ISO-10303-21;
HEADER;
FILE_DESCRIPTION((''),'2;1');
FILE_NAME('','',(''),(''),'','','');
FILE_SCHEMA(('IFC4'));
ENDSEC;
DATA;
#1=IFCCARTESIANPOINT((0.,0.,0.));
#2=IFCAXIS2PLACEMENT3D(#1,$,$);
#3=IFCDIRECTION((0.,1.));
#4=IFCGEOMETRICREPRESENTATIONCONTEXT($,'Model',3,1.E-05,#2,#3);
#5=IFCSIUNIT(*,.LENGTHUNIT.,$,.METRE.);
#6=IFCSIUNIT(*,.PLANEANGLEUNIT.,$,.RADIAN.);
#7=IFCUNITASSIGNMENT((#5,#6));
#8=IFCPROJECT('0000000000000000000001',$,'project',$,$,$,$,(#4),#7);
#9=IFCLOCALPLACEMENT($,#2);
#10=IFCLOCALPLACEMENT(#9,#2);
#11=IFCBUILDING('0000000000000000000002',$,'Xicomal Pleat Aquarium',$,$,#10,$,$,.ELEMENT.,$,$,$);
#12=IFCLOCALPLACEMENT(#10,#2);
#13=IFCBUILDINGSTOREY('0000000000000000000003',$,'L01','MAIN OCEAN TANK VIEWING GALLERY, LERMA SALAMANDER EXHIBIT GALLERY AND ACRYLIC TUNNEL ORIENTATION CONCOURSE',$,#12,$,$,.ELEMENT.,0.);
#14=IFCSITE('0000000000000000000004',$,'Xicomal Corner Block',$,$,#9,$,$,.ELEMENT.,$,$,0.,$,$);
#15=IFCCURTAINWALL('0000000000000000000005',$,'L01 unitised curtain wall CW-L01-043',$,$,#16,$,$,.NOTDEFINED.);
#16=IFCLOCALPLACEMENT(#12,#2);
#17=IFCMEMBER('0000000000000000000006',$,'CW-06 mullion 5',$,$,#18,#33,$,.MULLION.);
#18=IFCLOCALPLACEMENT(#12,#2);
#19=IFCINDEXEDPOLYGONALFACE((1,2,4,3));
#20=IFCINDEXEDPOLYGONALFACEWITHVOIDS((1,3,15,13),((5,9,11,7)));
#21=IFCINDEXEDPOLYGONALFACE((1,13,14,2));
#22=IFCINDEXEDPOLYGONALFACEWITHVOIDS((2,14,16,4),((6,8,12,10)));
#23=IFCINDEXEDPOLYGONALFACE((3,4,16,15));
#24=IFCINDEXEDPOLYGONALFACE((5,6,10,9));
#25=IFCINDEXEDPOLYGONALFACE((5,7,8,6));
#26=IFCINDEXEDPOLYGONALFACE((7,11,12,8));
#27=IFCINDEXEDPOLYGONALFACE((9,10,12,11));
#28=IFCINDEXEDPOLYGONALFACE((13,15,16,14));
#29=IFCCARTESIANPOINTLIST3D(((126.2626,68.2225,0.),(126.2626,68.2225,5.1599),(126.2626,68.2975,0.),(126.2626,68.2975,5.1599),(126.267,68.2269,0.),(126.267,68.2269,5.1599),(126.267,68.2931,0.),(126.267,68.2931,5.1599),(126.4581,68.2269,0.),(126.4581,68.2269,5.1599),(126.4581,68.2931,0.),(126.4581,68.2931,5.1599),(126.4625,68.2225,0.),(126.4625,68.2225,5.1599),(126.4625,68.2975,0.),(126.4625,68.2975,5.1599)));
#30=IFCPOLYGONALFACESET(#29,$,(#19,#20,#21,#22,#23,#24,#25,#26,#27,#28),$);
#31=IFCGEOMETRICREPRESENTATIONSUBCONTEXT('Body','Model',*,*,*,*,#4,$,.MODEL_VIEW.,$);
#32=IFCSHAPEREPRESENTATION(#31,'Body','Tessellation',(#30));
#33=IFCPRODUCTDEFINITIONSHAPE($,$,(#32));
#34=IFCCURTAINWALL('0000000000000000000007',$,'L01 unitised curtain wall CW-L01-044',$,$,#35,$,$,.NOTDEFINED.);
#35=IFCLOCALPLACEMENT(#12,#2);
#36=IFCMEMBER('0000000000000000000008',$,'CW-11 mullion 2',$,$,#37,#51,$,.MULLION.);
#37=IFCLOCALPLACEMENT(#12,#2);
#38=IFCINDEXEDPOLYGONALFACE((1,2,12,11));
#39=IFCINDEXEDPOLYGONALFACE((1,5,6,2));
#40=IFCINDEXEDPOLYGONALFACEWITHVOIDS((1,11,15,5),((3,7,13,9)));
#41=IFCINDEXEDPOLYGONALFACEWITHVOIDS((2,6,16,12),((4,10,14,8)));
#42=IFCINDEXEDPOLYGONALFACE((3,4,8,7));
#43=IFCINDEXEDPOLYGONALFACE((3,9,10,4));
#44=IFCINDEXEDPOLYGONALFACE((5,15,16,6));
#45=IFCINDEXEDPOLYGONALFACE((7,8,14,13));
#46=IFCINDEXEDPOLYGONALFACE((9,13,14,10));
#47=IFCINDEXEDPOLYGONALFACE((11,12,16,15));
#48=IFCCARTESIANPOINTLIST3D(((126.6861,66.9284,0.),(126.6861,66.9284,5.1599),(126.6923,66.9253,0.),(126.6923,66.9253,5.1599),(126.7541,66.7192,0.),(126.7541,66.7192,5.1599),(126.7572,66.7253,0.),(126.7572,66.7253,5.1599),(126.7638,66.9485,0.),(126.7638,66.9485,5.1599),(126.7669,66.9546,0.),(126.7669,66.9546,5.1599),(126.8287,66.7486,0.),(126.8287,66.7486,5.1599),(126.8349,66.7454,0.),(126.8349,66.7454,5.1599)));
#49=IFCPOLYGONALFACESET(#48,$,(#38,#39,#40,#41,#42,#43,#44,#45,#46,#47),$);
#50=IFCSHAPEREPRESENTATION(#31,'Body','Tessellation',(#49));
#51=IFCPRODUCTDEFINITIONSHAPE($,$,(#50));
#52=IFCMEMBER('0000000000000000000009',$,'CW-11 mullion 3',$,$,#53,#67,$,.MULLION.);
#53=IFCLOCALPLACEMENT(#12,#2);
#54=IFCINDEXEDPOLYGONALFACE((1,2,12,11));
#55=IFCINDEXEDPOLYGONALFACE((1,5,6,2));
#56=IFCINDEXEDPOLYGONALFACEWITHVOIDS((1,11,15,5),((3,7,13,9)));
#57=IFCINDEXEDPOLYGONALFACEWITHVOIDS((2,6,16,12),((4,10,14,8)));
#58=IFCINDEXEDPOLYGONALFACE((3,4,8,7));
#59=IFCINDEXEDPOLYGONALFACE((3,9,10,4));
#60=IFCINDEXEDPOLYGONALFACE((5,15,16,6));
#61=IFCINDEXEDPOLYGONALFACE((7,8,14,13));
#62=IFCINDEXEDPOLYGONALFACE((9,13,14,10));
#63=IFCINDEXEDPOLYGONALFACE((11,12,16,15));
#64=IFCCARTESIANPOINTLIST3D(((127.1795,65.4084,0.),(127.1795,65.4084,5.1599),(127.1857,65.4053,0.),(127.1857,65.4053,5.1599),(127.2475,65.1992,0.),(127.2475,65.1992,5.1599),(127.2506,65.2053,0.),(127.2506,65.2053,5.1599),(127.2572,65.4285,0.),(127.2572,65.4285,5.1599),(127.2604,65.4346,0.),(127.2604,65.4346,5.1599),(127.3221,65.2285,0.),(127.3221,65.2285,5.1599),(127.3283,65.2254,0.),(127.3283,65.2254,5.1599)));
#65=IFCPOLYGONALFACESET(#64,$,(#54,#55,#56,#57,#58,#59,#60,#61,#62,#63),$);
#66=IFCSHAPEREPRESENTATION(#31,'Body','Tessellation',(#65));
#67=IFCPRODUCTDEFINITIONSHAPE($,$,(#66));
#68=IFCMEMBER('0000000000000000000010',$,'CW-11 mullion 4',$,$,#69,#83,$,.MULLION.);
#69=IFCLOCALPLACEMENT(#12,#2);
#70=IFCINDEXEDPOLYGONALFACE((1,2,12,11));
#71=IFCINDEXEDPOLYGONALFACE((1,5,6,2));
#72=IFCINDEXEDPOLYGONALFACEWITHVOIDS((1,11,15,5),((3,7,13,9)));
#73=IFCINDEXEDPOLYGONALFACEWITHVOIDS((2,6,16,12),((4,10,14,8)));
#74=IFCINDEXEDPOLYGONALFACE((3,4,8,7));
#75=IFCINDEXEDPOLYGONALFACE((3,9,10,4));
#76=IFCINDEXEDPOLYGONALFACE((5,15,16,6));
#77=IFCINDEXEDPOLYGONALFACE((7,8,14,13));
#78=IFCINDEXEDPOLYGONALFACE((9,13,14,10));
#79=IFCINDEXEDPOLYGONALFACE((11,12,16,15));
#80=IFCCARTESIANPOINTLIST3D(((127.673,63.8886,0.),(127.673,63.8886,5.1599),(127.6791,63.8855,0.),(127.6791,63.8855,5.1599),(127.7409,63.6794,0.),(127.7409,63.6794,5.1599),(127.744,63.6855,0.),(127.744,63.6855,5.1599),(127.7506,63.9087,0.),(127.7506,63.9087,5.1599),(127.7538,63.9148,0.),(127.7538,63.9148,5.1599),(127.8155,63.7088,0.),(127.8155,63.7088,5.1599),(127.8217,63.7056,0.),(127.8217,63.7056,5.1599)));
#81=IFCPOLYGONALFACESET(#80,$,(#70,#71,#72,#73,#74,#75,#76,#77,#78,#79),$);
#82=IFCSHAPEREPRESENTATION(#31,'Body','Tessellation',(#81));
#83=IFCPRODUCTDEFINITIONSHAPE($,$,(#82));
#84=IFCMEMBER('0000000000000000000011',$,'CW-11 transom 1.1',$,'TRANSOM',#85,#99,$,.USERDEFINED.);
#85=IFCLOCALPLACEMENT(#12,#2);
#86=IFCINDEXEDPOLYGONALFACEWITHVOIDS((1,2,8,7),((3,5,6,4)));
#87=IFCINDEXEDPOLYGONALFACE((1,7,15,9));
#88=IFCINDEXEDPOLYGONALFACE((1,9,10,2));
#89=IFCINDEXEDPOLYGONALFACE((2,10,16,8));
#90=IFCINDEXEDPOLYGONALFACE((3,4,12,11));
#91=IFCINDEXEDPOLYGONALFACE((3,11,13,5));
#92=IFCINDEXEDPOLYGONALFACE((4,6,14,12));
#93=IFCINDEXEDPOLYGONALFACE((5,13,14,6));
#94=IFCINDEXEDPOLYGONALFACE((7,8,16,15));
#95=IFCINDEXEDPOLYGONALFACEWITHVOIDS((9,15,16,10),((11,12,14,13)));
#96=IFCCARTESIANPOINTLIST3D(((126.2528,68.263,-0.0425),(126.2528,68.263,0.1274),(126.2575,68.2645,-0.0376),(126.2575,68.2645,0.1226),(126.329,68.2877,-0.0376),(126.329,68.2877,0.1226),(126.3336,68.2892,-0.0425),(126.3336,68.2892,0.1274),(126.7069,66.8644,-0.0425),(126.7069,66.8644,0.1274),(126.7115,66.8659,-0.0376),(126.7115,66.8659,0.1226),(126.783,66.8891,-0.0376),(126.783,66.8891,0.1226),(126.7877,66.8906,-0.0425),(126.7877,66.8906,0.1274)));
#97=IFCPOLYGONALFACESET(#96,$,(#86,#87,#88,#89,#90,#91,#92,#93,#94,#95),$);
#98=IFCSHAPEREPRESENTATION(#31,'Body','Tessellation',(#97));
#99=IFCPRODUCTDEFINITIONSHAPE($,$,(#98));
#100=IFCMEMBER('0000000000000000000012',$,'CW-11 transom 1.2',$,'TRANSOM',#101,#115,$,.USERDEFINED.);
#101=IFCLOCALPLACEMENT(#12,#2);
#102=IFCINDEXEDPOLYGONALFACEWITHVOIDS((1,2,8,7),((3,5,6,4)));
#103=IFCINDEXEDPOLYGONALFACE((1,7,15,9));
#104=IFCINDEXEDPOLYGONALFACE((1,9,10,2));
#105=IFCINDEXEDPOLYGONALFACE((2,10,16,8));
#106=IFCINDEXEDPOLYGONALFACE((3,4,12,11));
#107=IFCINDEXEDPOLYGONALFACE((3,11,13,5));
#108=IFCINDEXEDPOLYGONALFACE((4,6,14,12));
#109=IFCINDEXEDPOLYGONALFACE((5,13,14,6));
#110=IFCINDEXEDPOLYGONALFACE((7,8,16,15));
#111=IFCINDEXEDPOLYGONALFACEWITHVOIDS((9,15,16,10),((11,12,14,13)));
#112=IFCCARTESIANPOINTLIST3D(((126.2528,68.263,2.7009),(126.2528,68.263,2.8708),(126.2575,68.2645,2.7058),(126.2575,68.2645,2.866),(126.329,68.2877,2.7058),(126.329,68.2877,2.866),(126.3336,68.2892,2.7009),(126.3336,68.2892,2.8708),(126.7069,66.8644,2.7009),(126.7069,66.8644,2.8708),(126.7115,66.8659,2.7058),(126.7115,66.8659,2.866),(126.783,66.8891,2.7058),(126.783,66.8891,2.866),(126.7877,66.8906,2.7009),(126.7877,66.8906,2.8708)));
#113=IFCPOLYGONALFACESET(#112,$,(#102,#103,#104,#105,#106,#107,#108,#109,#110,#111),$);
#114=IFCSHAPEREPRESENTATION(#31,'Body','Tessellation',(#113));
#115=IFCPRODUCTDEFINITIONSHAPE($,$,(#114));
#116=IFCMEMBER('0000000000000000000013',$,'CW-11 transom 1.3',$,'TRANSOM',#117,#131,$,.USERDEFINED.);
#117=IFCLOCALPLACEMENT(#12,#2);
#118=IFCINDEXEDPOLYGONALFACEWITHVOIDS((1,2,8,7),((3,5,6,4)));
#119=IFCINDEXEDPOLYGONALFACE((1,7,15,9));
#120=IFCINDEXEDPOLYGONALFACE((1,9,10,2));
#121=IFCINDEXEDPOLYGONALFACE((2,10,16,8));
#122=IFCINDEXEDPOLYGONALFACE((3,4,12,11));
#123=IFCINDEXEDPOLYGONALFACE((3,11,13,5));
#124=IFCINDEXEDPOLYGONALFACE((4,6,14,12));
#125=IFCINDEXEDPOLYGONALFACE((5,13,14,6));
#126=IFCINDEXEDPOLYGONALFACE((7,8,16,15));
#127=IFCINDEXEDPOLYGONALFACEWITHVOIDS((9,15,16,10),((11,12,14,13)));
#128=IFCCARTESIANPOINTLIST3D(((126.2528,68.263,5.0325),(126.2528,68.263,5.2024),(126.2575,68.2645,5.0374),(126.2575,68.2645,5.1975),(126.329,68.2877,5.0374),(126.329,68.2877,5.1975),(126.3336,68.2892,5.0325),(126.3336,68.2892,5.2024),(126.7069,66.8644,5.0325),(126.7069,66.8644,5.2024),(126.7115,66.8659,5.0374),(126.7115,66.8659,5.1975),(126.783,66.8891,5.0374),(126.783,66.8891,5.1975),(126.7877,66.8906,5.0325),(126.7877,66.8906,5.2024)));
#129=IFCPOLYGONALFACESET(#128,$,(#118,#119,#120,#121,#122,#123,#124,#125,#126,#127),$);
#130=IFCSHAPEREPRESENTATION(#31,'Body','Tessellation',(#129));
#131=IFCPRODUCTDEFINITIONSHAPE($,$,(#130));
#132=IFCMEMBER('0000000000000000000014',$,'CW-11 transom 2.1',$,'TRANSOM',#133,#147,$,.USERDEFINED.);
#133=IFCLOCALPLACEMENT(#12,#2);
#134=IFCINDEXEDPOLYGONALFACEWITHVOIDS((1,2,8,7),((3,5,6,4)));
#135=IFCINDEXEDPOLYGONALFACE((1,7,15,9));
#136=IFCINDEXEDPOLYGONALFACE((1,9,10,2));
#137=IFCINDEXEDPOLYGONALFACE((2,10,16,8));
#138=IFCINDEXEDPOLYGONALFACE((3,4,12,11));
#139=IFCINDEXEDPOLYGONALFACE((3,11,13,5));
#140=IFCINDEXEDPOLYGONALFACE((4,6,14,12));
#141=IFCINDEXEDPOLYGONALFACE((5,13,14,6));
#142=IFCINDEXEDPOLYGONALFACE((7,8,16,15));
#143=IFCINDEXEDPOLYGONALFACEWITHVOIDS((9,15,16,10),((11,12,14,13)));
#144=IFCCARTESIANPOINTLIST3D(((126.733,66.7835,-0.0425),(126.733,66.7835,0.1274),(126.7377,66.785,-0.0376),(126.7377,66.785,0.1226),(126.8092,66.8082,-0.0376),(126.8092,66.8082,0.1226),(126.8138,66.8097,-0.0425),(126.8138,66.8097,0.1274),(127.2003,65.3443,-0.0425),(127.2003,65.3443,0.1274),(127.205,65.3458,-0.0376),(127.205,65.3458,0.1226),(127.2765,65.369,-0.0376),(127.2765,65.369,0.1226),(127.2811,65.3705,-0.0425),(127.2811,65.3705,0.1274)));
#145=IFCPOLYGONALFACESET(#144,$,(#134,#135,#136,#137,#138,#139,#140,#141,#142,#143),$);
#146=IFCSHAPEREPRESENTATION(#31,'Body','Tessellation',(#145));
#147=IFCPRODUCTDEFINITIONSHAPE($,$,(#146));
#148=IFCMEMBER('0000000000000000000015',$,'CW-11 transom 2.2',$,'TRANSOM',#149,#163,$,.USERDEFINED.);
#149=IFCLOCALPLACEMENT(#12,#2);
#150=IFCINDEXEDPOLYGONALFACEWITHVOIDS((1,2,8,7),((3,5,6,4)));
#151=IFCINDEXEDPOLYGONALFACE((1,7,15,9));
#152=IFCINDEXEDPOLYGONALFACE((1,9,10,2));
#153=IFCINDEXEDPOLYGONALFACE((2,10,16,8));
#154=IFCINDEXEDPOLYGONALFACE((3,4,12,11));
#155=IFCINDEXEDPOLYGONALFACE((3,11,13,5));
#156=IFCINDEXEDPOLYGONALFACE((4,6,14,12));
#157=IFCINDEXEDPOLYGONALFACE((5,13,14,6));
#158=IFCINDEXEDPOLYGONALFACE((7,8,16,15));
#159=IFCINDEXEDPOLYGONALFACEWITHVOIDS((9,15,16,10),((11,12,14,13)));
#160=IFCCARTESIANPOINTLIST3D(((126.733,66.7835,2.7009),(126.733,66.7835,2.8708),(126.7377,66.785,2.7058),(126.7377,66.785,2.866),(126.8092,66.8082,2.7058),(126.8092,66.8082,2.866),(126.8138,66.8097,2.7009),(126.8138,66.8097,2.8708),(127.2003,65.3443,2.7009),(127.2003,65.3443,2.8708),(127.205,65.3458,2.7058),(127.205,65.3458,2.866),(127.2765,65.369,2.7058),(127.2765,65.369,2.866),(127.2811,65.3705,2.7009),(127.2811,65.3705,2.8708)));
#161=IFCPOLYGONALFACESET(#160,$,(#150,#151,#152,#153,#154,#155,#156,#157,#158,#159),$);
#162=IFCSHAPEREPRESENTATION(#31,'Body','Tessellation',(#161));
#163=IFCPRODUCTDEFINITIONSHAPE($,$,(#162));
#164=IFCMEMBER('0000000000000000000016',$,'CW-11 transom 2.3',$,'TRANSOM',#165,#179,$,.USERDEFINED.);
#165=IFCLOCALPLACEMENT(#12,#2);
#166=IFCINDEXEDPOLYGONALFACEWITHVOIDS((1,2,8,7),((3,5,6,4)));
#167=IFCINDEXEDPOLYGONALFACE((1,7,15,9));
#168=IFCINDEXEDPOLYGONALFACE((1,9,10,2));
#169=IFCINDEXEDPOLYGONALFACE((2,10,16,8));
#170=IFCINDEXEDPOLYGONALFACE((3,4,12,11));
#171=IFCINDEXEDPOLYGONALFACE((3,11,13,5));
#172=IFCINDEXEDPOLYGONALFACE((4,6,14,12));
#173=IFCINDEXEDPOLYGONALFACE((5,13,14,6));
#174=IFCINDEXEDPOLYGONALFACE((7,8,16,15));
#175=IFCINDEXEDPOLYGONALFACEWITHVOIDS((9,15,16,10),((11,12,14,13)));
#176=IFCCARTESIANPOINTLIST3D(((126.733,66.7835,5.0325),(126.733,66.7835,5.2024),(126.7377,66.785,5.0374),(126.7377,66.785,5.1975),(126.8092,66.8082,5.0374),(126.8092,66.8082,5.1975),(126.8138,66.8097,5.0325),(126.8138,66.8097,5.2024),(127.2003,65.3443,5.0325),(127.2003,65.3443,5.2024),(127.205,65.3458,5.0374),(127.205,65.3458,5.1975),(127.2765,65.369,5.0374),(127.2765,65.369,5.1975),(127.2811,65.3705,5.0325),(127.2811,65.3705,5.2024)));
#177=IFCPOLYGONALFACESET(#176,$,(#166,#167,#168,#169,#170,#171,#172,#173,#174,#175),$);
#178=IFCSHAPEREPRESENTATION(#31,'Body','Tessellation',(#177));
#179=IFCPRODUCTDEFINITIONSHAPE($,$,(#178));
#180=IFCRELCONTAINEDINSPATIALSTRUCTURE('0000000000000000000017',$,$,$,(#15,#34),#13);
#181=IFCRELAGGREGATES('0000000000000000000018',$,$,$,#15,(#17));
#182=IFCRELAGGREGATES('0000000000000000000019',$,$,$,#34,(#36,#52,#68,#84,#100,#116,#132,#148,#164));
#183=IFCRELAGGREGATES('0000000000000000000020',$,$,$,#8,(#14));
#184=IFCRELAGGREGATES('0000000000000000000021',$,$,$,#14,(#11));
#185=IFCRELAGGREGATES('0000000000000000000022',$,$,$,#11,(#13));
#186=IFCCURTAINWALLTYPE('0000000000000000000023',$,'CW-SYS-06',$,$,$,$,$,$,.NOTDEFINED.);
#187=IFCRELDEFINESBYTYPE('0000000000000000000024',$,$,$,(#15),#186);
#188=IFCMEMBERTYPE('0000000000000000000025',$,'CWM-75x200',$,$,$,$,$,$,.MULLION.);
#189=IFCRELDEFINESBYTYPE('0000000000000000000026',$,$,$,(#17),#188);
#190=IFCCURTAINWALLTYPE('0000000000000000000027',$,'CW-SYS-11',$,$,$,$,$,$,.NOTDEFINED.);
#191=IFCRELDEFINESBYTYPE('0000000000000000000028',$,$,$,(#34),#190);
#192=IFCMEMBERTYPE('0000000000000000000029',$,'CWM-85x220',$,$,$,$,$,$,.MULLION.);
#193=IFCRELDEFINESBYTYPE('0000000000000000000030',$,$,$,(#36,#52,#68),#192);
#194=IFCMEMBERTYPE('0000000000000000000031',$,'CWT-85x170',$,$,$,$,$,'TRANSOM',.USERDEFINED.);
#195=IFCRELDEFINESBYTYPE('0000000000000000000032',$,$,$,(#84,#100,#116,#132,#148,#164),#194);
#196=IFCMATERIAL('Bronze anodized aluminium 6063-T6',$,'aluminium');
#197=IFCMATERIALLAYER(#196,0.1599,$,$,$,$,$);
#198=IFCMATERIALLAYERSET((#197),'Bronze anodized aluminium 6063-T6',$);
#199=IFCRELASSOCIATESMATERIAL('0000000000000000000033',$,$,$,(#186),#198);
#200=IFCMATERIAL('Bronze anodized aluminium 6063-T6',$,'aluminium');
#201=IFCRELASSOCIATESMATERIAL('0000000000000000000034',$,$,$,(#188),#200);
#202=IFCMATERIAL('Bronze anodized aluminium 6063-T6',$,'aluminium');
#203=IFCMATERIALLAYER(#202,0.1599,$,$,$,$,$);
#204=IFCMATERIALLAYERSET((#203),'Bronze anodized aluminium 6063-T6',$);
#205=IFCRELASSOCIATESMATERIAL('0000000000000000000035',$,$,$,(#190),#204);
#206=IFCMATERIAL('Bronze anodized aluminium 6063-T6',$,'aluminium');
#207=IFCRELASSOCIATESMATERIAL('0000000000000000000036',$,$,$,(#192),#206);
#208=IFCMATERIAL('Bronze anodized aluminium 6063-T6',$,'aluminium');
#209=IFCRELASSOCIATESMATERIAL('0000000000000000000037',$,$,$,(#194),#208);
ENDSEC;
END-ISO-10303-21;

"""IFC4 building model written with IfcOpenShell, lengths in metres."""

from ifc_helpers import new_model, si_unit, direction, frame, origin, origin_2d, place, context, subcontext, project, spatial, hollow_rectangle, extrude, material, layer, layer_set, material_profile, profile_set, type_object, element, aggregate, save


model = new_model("IFC4")

# Units and contexts
model_context = context("Model", 3, precision=1e-05, world=origin(), true_north=direction((0.0, 1.0)))
body_context = subcontext(model_context, "Body", "Model", "MODEL_VIEW")
ifc_project = project(units=[si_unit("LENGTHUNIT", "METRE"), si_unit("PLANEANGLEUNIT", "RADIAN")], contexts=[model_context])

# Site, building, storey
site_placement = place(None, origin())
site = spatial("IfcSite", under=ifc_project, at=site_placement, Name="Xicomal Corner Block", CompositionType="ELEMENT", RefElevation=0.0)
building_placement = place(site_placement, origin())
building = spatial("IfcBuilding", under=site, at=building_placement, Name="Xicomal Pleat Aquarium", CompositionType="ELEMENT")
storey_placement = place(building_placement, origin())
storey = spatial("IfcBuildingStorey", under=building, at=storey_placement, Name="L01", Description="MAIN OCEAN TANK VIEWING GALLERY, LERMA SALAMANDER EXHIBIT GALLERY AND ACRYLIC TUNNEL ORIENTATION CONCOURSE", CompositionType="ELEMENT", Elevation=0.0)

# Curtain wall, member
ifc_material_1 = material(Name="Bronze anodized aluminium 6063-T6", Category="aluminium")
ifc_layer_1 = layer(ifc_material_1, 0.1599)
ifc_layer_set_1 = layer_set([ifc_layer_1], Name="Bronze anodized aluminium 6063-T6")
curtain_wall_type_1 = type_object("IfcCurtainWallType", Name="CW-SYS-06", PredefinedType="NOTDEFINED", material=ifc_layer_set_1)
curtain_wall_1_placement = place(storey_placement, origin())
curtain_wall_1 = element("IfcCurtainWall", 1, at=curtain_wall_1_placement, inside=storey, type_object=curtain_wall_type_1, Name="L01 unitised curtain wall CW-L01-043", PredefinedType="NOTDEFINED")
ifc_material_2 = material(Name="Bronze anodized aluminium 6063-T6", Category="aluminium")
ifc_material_profile_1 = material_profile(ifc_material_2, hollow_rectangle(XDim=0.075, YDim=0.2, WallThickness=0.0044, at=origin_2d()), Name="ALU MULL 75x200")
ifc_profile_set_1 = profile_set([ifc_material_profile_1], Name="Bronze anodized aluminium 6063-T6")
member_type_1 = type_object("IfcMemberType", Name="CWM-75x200", PredefinedType="MULLION", material=ifc_profile_set_1)
member_1_placement = place(storey_placement, frame((126.3625, 68.26, 0.0), z_axis=(0.0, 0.0, 1.0), x_axis=(0.0, 1.0, 0.0)))
member_1 = element("IfcMember", 2, at=member_1_placement, type_object=member_type_1, Name="CW-06 mullion 5", PredefinedType="MULLION", context=body_context, shape_type="SweptSolid", body=[
    extrude(hollow_rectangle(XDim=0.075, YDim=0.2, WallThickness=0.0044, at=origin_2d()), origin(), (0.0, 0.0, 1.0), 5.1599),
])
aggregate(curtain_wall_1, [member_1])

# Curtain wall, members
ifc_material_3 = material(Name="Bronze anodized aluminium 6063-T6", Category="aluminium")
ifc_layer_2 = layer(ifc_material_3, 0.1599)
ifc_layer_set_2 = layer_set([ifc_layer_2], Name="Bronze anodized aluminium 6063-T6")
curtain_wall_type_2 = type_object("IfcCurtainWallType", Name="CW-SYS-11", PredefinedType="NOTDEFINED", material=ifc_layer_set_2)
curtain_wall_2_placement = place(storey_placement, origin())
curtain_wall_2 = element("IfcCurtainWall", 3, at=curtain_wall_2_placement, inside=storey, type_object=curtain_wall_type_2, Name="L01 unitised curtain wall CW-L01-044", PredefinedType="NOTDEFINED")
ifc_material_4 = material(Name="Bronze anodized aluminium 6063-T6", Category="aluminium")
ifc_material_profile_2 = material_profile(ifc_material_4, hollow_rectangle(XDim=0.085, YDim=0.22, WallThickness=0.0049, at=origin_2d()), Name="ALU MULL 85x220")
ifc_profile_set_2 = profile_set([ifc_material_profile_2], Name="Bronze anodized aluminium 6063-T6")
member_type_2 = type_object("IfcMemberType", Name="CWM-85x220", PredefinedType="MULLION", material=ifc_profile_set_2)
member_2_placement = place(storey_placement, frame((126.7605, 66.8369, 0.0), z_axis=(0.0, 0.0, 1.0), x_axis=(0.951144, 0.308746, 0.0)))
member_2 = element("IfcMember", 4, at=member_2_placement, type_object=member_type_2, Name="CW-11 mullion 2", PredefinedType="MULLION", context=body_context, shape_type="SweptSolid", body=[
    extrude(hollow_rectangle(XDim=0.085, YDim=0.22, WallThickness=0.0049, at=origin_2d()), origin(), (0.0, 0.0, 1.0), 5.1599),
])
member_3_placement = place(storey_placement, frame((127.2539, 65.3169, 0.0), z_axis=(0.0, 0.0, 1.0), x_axis=(0.951144, 0.308746, 0.0)))
member_3 = element("IfcMember", 5, at=member_3_placement, type_object=member_type_2, Name="CW-11 mullion 3", PredefinedType="MULLION", context=body_context, shape_type="SweptSolid", body=[
    extrude(hollow_rectangle(XDim=0.085, YDim=0.22, WallThickness=0.0049, at=origin_2d()), origin(), (0.0, 0.0, 1.0), 5.1599),
])
member_4_placement = place(storey_placement, frame((127.7473, 63.7971, 0.0), z_axis=(0.0, 0.0, 1.0), x_axis=(0.951144, 0.308746, 0.0)))
member_4 = element("IfcMember", 6, at=member_4_placement, type_object=member_type_2, Name="CW-11 mullion 4", PredefinedType="MULLION", context=body_context, shape_type="SweptSolid", body=[
    extrude(hollow_rectangle(XDim=0.085, YDim=0.22, WallThickness=0.0049, at=origin_2d()), origin(), (0.0, 0.0, 1.0), 5.1599),
])
ifc_material_5 = material(Name="Bronze anodized aluminium 6063-T6", Category="aluminium")
ifc_material_profile_3 = material_profile(ifc_material_5, hollow_rectangle(XDim=0.085, YDim=0.1699, WallThickness=0.0049, at=origin_2d()), Name="ALU TRAN 85x170")
ifc_profile_set_3 = profile_set([ifc_material_profile_3], Name="Bronze anodized aluminium 6063-T6")
member_type_3 = type_object("IfcMemberType", Name="CWT-85x170", ElementType="TRANSOM", PredefinedType="USERDEFINED", material=ifc_profile_set_3)
member_5_placement = place(storey_placement, frame((126.2932, 68.2761, 0.0425), z_axis=(0.308797, -0.951128, 0.0), x_axis=(0.951128, 0.308797, 0.0)))
member_5 = element("IfcMember", 7, at=member_5_placement, type_object=member_type_3, Name="CW-11 transom 1.1", ObjectType="TRANSOM", PredefinedType="USERDEFINED", context=body_context, shape_type="SweptSolid", body=[
    extrude(hollow_rectangle(XDim=0.085, YDim=0.1699, WallThickness=0.0049, at=origin_2d()), origin(), (0.0, 0.0, 1.0), 1.4705),
])
member_6_placement = place(storey_placement, frame((126.2932, 68.2761, 2.7859), z_axis=(0.308797, -0.951128, 0.0), x_axis=(0.951128, 0.308797, 0.0)))
member_6 = element("IfcMember", 8, at=member_6_placement, type_object=member_type_3, Name="CW-11 transom 1.2", ObjectType="TRANSOM", PredefinedType="USERDEFINED", context=body_context, shape_type="SweptSolid", body=[
    extrude(hollow_rectangle(XDim=0.085, YDim=0.1699, WallThickness=0.0049, at=origin_2d()), origin(), (0.0, 0.0, 1.0), 1.4705),
])
member_7_placement = place(storey_placement, frame((126.2932, 68.2761, 5.1174), z_axis=(0.308797, -0.951128, 0.0), x_axis=(0.951128, 0.308797, 0.0)))
member_7 = element("IfcMember", 9, at=member_7_placement, type_object=member_type_3, Name="CW-11 transom 1.3", ObjectType="TRANSOM", PredefinedType="USERDEFINED", context=body_context, shape_type="SweptSolid", body=[
    extrude(hollow_rectangle(XDim=0.085, YDim=0.1699, WallThickness=0.0049, at=origin_2d()), origin(), (0.0, 0.0, 1.0), 1.4705),
])
member_8_placement = place(storey_placement, frame((126.7734, 66.7966, 0.0425), z_axis=(0.308812, -0.951123, 0.0), x_axis=(0.951123, 0.308812, 0.0)))
member_8 = element("IfcMember", 10, at=member_8_placement, type_object=member_type_3, Name="CW-11 transom 2.1", ObjectType="TRANSOM", PredefinedType="USERDEFINED", context=body_context, shape_type="SweptSolid", body=[
    extrude(hollow_rectangle(XDim=0.085, YDim=0.1699, WallThickness=0.0049, at=origin_2d()), origin(), (0.0, 0.0, 1.0), 1.5132),
])
member_9_placement = place(storey_placement, frame((126.7734, 66.7966, 2.7859), z_axis=(0.308812, -0.951123, 0.0), x_axis=(0.951123, 0.308812, 0.0)))
member_9 = element("IfcMember", 11, at=member_9_placement, type_object=member_type_3, Name="CW-11 transom 2.2", ObjectType="TRANSOM", PredefinedType="USERDEFINED", context=body_context, shape_type="SweptSolid", body=[
    extrude(hollow_rectangle(XDim=0.085, YDim=0.1699, WallThickness=0.0049, at=origin_2d()), origin(), (0.0, 0.0, 1.0), 1.5132),
])
member_10_placement = place(storey_placement, frame((126.7734, 66.7966, 5.1174), z_axis=(0.308812, -0.951123, 0.0), x_axis=(0.951123, 0.308812, 0.0)))
member_10 = element("IfcMember", 12, at=member_10_placement, type_object=member_type_3, Name="CW-11 transom 2.3", ObjectType="TRANSOM", PredefinedType="USERDEFINED", context=body_context, shape_type="SweptSolid", body=[
    extrude(hollow_rectangle(XDim=0.085, YDim=0.1699, WallThickness=0.0049, at=origin_2d()), origin(), (0.0, 0.0, 1.0), 1.5132),
])
aggregate(curtain_wall_2, [member_2, member_3, member_4, member_5, member_6, member_7, member_8, member_9, member_10])

save(model, "model.ifc")
